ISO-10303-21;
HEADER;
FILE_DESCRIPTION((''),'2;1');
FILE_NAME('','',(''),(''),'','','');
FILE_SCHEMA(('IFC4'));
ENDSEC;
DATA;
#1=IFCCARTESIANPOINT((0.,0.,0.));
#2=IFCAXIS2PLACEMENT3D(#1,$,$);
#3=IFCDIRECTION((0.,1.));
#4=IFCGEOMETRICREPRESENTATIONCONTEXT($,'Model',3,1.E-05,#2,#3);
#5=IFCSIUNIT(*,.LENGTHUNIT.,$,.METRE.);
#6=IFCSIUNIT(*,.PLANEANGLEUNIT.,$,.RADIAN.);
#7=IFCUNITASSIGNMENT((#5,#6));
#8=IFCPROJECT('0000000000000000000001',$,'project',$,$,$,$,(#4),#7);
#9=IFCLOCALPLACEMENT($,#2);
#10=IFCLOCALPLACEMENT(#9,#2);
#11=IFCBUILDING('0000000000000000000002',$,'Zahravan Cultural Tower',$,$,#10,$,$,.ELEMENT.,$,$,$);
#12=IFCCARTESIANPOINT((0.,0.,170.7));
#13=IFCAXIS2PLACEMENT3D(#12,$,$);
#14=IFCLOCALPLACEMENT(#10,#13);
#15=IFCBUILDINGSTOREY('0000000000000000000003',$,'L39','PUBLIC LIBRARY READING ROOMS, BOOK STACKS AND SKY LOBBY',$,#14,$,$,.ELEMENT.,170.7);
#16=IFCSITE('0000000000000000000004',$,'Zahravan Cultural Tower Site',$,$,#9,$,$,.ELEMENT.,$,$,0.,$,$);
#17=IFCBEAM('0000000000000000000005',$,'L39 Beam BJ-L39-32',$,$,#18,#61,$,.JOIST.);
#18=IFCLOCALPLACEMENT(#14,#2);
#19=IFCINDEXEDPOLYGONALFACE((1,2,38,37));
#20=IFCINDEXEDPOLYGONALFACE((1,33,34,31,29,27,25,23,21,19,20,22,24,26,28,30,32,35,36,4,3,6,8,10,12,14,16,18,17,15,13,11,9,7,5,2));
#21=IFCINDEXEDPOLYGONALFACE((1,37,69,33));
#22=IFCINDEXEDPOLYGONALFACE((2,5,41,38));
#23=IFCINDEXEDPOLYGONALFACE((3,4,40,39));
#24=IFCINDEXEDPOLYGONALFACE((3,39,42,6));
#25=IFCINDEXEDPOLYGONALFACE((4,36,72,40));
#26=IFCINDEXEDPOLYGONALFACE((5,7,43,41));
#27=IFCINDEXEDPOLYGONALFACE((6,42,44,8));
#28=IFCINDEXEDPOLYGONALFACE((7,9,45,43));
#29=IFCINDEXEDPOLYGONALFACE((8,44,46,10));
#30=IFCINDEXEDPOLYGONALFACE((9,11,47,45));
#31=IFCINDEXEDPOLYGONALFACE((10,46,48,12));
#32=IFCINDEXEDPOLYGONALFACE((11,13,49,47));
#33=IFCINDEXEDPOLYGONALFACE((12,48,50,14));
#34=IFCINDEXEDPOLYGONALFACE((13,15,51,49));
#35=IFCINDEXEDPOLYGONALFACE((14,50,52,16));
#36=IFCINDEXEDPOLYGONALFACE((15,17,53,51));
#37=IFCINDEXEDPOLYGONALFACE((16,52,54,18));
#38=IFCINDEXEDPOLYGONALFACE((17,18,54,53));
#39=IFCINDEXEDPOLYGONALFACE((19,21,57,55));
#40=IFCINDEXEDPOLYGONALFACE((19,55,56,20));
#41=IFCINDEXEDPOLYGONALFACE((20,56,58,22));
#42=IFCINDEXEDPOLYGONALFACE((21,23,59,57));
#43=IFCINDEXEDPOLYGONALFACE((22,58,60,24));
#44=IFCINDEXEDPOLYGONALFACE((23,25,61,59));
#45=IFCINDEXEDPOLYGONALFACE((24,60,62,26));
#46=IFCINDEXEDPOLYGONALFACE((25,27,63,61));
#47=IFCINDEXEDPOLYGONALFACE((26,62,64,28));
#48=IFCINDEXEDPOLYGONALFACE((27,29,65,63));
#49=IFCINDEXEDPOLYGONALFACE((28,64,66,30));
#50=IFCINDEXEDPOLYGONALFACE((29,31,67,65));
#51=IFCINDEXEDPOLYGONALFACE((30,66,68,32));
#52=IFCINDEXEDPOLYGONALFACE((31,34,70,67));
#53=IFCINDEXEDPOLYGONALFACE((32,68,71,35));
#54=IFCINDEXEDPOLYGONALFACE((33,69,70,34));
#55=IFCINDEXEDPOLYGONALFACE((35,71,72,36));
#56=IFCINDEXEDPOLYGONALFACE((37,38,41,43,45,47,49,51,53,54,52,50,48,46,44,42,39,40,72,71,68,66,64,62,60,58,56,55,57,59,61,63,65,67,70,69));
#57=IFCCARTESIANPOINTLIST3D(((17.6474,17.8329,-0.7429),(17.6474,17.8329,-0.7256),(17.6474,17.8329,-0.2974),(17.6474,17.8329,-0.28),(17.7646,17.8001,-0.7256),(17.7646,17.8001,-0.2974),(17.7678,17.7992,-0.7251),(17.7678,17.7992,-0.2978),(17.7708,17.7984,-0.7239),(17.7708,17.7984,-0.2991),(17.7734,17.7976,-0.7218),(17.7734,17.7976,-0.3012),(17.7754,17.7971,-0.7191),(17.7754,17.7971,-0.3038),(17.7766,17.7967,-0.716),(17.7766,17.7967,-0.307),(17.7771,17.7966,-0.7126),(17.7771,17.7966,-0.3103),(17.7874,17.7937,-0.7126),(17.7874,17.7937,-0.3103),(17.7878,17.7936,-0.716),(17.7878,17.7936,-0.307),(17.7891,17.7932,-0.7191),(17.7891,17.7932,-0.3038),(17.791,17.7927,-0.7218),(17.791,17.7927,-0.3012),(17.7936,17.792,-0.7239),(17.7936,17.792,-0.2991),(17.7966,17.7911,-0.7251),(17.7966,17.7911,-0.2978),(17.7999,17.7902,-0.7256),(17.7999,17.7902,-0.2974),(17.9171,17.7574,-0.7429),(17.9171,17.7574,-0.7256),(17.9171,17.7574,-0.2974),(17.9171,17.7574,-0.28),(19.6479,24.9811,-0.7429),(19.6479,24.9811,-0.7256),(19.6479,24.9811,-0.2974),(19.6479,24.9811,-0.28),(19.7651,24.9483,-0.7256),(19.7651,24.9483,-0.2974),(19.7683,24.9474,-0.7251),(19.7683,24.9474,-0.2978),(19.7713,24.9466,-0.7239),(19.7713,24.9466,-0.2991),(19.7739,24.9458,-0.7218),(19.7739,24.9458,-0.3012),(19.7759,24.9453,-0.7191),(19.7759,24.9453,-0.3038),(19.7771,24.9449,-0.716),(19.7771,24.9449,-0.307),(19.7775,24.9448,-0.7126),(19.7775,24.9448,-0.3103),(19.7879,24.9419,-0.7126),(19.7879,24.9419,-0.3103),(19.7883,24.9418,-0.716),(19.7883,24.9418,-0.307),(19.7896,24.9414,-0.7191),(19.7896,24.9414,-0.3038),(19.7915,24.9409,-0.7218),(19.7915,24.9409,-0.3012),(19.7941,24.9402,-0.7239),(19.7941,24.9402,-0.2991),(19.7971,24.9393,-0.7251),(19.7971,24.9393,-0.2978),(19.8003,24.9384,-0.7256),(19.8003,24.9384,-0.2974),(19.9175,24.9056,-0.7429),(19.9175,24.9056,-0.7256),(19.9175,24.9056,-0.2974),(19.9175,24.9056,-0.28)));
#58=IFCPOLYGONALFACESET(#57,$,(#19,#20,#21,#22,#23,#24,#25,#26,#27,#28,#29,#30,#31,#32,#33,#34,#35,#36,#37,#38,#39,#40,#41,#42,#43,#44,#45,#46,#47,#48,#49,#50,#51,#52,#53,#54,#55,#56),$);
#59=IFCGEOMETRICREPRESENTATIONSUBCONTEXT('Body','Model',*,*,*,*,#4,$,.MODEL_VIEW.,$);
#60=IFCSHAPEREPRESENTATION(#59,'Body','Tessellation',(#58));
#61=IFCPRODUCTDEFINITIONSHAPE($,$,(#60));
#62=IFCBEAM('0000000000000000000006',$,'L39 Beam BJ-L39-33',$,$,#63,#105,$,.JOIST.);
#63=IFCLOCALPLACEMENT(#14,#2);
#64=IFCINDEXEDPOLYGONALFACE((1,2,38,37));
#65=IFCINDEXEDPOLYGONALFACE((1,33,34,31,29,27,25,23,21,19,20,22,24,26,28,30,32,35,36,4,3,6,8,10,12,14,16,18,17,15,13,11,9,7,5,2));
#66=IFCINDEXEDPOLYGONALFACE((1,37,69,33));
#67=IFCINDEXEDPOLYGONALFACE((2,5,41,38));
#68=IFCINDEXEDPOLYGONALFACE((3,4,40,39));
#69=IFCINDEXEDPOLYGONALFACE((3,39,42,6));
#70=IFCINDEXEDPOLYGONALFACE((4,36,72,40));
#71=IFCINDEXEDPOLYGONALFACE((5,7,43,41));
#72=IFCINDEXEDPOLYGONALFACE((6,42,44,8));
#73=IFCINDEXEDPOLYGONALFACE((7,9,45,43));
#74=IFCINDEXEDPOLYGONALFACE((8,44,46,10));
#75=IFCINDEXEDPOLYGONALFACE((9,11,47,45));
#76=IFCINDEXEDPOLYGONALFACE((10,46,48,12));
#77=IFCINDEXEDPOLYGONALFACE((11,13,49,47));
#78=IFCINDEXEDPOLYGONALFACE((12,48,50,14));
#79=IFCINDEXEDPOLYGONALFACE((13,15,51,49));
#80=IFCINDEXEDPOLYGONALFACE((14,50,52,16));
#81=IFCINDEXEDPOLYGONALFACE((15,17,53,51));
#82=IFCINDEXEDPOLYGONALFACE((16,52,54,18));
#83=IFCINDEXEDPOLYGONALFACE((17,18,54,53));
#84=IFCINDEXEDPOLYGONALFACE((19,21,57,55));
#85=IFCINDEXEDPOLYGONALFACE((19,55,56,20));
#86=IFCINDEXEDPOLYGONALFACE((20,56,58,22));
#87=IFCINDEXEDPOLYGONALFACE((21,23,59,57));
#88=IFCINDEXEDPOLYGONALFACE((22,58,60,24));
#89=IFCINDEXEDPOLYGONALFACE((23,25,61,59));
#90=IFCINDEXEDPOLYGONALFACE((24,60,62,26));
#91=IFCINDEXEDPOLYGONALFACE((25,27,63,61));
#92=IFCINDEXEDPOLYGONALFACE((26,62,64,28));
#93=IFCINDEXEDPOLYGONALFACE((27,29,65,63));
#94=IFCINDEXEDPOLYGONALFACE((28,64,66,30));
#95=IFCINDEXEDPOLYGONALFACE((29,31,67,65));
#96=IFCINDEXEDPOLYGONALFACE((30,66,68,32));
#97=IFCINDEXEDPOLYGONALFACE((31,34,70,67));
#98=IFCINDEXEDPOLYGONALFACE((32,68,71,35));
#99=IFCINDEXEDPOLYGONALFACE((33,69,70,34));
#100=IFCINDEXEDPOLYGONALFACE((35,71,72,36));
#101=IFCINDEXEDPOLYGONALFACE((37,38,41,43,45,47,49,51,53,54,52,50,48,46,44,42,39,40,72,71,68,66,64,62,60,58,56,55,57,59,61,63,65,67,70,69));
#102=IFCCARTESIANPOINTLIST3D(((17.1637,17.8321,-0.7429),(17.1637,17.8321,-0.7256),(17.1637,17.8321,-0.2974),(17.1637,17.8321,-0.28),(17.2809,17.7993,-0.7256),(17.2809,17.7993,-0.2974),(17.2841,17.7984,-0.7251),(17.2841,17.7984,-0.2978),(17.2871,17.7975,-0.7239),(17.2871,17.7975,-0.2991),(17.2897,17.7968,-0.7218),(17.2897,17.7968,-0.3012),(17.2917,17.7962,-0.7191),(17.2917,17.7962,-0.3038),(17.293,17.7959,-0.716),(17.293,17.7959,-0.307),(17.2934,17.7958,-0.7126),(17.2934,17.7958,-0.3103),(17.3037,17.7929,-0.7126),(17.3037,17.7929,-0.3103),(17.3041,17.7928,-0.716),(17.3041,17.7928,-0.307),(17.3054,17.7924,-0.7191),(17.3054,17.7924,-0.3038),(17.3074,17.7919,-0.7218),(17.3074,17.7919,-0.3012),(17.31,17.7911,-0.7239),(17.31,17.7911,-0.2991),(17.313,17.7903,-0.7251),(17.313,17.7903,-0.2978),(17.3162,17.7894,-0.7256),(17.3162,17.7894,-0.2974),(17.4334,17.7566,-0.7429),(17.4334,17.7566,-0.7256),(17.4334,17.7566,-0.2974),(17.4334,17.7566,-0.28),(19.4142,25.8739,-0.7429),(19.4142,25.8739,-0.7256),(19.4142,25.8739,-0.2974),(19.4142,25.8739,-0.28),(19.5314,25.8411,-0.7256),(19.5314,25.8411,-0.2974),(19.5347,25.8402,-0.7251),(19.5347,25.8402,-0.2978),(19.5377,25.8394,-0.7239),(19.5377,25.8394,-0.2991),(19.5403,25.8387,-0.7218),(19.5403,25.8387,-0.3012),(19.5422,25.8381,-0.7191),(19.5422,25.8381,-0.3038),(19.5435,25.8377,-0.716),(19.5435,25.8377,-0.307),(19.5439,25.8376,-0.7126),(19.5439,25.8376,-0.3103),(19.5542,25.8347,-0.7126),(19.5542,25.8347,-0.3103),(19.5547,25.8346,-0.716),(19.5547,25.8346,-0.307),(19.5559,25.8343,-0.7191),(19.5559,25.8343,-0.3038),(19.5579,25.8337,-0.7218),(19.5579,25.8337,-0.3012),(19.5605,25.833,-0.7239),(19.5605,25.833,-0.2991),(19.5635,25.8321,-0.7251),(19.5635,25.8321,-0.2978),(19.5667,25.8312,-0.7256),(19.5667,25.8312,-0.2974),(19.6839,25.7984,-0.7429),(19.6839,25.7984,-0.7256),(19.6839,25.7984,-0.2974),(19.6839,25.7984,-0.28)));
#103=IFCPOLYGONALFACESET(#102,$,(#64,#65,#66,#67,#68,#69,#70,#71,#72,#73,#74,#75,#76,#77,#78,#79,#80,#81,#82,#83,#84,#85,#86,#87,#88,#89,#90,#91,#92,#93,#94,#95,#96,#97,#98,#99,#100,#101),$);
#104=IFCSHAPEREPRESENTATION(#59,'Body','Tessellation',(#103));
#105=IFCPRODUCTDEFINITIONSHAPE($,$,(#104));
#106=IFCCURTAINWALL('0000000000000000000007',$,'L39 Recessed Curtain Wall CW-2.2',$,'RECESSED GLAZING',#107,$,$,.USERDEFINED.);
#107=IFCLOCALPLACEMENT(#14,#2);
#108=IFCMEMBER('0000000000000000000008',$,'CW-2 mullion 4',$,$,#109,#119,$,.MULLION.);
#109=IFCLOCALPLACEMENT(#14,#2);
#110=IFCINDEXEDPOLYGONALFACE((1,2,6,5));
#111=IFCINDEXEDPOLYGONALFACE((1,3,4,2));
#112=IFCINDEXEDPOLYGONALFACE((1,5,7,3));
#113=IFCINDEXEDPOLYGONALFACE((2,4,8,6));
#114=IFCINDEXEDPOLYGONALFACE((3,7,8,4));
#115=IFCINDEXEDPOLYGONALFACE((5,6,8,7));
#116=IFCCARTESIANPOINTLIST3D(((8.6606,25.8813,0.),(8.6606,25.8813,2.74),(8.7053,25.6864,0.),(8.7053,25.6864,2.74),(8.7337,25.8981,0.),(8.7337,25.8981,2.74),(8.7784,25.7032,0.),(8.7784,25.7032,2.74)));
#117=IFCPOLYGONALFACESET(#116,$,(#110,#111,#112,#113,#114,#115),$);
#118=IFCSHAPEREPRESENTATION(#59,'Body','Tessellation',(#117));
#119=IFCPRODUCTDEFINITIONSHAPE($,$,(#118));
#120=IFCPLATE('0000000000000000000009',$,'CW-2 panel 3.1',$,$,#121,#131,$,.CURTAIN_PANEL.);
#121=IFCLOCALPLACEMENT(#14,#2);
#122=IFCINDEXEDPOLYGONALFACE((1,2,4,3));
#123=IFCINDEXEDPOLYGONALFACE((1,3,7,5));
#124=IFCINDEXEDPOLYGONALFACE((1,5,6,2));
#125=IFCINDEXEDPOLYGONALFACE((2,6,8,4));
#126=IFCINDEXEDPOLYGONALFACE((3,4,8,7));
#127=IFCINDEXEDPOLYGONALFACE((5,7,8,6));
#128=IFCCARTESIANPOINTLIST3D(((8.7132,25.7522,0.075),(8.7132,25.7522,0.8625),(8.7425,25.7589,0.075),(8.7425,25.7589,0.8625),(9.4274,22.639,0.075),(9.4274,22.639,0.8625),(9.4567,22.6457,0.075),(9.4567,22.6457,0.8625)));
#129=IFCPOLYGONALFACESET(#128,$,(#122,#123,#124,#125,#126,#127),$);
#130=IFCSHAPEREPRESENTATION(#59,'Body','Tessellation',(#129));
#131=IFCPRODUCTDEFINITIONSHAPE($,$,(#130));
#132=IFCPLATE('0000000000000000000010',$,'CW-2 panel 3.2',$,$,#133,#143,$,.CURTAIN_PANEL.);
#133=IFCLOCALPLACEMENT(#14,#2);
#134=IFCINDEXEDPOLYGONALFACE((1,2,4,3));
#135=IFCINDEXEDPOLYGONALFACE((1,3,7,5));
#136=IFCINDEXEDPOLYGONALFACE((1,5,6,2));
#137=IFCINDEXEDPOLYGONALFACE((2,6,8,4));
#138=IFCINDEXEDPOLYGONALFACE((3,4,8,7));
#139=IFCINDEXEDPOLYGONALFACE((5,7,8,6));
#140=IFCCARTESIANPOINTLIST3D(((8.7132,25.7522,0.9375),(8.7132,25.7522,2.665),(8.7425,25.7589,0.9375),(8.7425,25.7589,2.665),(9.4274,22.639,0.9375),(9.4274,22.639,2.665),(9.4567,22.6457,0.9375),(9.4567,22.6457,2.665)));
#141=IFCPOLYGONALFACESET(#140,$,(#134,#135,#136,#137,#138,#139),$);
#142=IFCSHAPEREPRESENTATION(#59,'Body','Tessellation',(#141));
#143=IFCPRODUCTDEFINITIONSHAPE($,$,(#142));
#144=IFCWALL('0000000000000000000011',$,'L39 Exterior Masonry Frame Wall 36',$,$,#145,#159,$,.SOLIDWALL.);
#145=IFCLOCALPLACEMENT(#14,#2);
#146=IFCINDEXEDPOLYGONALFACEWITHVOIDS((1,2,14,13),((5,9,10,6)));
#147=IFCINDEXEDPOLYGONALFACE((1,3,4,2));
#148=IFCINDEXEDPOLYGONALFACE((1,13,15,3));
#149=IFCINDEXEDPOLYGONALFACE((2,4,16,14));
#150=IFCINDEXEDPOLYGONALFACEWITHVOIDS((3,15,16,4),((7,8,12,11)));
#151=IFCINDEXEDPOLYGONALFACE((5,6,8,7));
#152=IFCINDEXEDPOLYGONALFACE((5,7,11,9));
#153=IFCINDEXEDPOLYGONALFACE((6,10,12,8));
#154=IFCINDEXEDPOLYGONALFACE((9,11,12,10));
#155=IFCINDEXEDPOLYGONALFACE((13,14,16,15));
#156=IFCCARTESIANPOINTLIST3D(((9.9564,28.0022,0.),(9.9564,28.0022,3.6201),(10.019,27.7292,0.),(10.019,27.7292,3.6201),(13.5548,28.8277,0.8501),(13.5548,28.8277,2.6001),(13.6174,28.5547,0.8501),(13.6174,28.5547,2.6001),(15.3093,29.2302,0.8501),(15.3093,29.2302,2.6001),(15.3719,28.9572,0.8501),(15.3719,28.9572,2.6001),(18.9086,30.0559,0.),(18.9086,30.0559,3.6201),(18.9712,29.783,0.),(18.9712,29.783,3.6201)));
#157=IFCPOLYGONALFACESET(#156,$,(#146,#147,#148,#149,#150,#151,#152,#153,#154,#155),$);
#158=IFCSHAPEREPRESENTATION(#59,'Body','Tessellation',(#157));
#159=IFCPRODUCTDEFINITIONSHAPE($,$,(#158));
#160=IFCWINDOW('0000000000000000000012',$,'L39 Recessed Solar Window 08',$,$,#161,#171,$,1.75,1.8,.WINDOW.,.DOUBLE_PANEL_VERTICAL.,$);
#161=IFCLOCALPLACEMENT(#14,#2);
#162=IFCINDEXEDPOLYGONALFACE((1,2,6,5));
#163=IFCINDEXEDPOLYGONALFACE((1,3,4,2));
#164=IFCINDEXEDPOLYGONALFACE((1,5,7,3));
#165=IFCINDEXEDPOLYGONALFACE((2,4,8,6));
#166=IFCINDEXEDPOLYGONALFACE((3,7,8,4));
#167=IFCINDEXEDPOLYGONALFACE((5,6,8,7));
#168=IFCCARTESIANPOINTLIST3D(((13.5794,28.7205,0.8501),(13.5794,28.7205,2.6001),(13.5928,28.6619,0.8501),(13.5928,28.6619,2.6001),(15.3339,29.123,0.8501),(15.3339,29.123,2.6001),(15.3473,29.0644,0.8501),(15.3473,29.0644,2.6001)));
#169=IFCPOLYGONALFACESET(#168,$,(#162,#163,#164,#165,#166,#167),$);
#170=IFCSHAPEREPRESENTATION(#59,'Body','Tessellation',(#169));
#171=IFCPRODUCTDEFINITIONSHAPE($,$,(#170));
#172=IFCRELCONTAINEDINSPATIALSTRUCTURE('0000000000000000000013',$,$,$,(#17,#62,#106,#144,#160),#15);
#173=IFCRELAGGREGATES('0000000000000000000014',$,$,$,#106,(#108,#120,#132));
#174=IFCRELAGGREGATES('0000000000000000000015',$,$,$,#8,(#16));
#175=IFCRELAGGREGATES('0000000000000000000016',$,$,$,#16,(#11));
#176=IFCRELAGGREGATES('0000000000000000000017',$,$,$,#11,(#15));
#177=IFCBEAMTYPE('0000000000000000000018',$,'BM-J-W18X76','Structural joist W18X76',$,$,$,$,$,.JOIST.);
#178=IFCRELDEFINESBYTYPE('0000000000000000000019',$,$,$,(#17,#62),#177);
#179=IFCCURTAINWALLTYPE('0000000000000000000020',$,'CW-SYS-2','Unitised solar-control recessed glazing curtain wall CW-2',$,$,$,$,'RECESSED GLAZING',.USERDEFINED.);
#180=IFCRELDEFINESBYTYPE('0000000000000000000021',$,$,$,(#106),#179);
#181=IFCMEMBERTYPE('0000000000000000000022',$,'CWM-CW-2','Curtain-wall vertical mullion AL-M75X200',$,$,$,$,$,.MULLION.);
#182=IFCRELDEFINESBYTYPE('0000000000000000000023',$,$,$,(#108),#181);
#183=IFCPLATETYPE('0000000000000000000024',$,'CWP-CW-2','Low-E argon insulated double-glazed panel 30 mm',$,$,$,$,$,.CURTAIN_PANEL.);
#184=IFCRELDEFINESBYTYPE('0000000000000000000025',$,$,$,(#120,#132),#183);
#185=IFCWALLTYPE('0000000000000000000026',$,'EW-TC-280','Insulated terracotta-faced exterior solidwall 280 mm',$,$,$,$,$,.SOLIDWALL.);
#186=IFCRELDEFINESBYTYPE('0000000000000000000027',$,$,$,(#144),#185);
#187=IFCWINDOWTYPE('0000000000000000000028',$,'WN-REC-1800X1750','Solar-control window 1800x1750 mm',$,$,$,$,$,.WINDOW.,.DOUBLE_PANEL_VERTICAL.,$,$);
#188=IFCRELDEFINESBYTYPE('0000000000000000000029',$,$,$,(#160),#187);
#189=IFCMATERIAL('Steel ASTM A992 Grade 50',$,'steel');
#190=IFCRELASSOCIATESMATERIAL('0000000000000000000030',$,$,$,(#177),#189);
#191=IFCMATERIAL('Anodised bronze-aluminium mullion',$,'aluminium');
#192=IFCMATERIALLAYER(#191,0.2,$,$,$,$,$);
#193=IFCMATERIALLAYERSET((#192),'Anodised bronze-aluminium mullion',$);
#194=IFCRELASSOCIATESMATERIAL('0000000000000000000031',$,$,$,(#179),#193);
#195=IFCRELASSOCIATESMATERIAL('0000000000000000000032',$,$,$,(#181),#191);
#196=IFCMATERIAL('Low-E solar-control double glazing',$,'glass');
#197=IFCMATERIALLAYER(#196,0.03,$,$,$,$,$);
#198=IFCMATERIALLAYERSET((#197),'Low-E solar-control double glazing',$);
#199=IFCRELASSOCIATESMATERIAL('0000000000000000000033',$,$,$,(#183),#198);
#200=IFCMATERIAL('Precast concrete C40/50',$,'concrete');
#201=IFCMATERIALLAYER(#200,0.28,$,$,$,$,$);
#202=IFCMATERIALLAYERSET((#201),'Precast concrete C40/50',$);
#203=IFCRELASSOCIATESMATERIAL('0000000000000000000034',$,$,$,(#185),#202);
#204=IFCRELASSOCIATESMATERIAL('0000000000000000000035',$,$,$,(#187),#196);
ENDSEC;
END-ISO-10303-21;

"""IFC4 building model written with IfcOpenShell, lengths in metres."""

from ifc_helpers import new_model, si_unit, direction, frame, frame_2d, origin, origin_2d, place, context, subcontext, project, spatial, rectangle, i_section, extrude, source, transform, mapped, material, layer, layer_set, material_profile, profile_set, type_object, element, fill, aggregate, save


model = new_model("IFC4")

# Units and contexts
model_context = context("Model", 3, precision=1e-05, world=origin(), true_north=direction((0.0, 1.0)))
body_context = subcontext(model_context, "Body", "Model", "MODEL_VIEW")
ifc_project = project(units=[si_unit("LENGTHUNIT", "METRE"), si_unit("PLANEANGLEUNIT", "RADIAN")], contexts=[model_context])

# Site, building, storey
site_placement = place(None, origin())
site = spatial("IfcSite", under=ifc_project, at=site_placement, Name="Zahravan Cultural Tower Site", CompositionType="ELEMENT", RefElevation=0.0)
building_placement = place(site_placement, origin())
building = spatial("IfcBuilding", under=site, at=building_placement, Name="Zahravan Cultural Tower", CompositionType="ELEMENT")
storey_placement = place(building_placement, frame((0.0, 0.0, 170.7)))
storey = spatial("IfcBuildingStorey", under=building, at=storey_placement, Name="L39", Description="PUBLIC LIBRARY READING ROOMS, BOOK STACKS AND SKY LOBBY", CompositionType="ELEMENT", Elevation=170.7)

# Shared definitions
ifc_material_1 = material(Name="Steel ASTM A992 Grade 50", Category="steel")

# Beams
ifc_material_profile_1 = material_profile(ifc_material_1, i_section(OverallWidth=0.28, OverallDepth=0.4629, WebThickness=0.0107, FlangeThickness=0.0173, FilletRadius=0.0129, at=origin_2d()), Name="W18X76")
ifc_profile_set_1 = profile_set([ifc_material_profile_1], Name="Steel ASTM A992 Grade 50")
beam_type_1 = type_object("IfcBeamType", Name="BM-J-W18X76", Description="Structural joist W18X76", PredefinedType="JOIST", material=ifc_profile_set_1)
shared_shape_1 = source(origin(), body_context, "Body", "SweptSolid", [
    extrude(i_section(OverallWidth=0.28, OverallDepth=0.4629, WebThickness=0.0107, FlangeThickness=0.0173, FilletRadius=0.0129, at=origin_2d()), origin(), (0.0, 0.0, 1.0), 7.4229),
])
beam_1_placement = place(storey_placement, frame((19.7827, 24.9434, -0.5115), z_axis=(-0.269504, -0.962999, 0.0), x_axis=(0.962999, -0.269504, 0.0)))
element("IfcBeam", 1, at=beam_1_placement, inside=storey, type_object=beam_type_1, Name="L39 Beam BJ-L39-32", PredefinedType="JOIST", context=body_context, shape_type="MappedRepresentation", body=[
    mapped(shared_shape_1, transform((0.0, 0.0, 0.0), x_axis=(1.0, 0.0, 0.0), y_axis=(0.0, 1.0, 0.0), z_axis=(0.0, 0.0, 1.0), scale=1.0)),
])
shared_shape_2 = source(origin(), body_context, "Body", "SweptSolid", [
    extrude(i_section(OverallWidth=0.28, OverallDepth=0.4629, WebThickness=0.0107, FlangeThickness=0.0173, FilletRadius=0.0129, at=origin_2d()), origin(), (0.0, 0.0, 1.0), 8.3508),
])
beam_2_placement = place(storey_placement, frame((19.5491, 25.8362, -0.5115), z_axis=(-0.269497, -0.963001, 0.0), x_axis=(0.963001, -0.269497, 0.0)))
element("IfcBeam", 2, at=beam_2_placement, inside=storey, type_object=beam_type_1, Name="L39 Beam BJ-L39-33", PredefinedType="JOIST", context=body_context, shape_type="MappedRepresentation", body=[
    mapped(shared_shape_2, transform((0.0, 0.0, 0.0), x_axis=(1.0, 0.0, 0.0), y_axis=(0.0, 1.0, 0.0), z_axis=(0.0, 0.0, 1.0), scale=1.0)),
])

# Curtain wall, member, plates
ifc_material_2 = material(Name="Anodised bronze-aluminium mullion", Category="aluminium")
ifc_layer_1 = layer(ifc_material_2, 0.2)
ifc_layer_set_1 = layer_set([ifc_layer_1], Name="Anodised bronze-aluminium mullion")
curtain_wall_type = type_object("IfcCurtainWallType", Name="CW-SYS-2", Description="Unitised solar-control recessed glazing curtain wall CW-2", ElementType="RECESSED GLAZING", PredefinedType="USERDEFINED", material=ifc_layer_set_1)
curtain_wall_placement = place(storey_placement, origin())
curtain_wall = element("IfcCurtainWall", 3, at=curtain_wall_placement, inside=storey, type_object=curtain_wall_type, Name="L39 Recessed Curtain Wall CW-2.2", ObjectType="RECESSED GLAZING", PredefinedType="USERDEFINED")
ifc_material_profile_2 = material_profile(ifc_material_2, rectangle(XDim=0.075, YDim=0.2, at=origin_2d()), Name="AL-M75X200")
ifc_profile_set_2 = profile_set([ifc_material_profile_2], Name="Anodised bronze-aluminium mullion")
member_type = type_object("IfcMemberType", Name="CWM-CW-2", Description="Curtain-wall vertical mullion AL-M75X200", PredefinedType="MULLION", material=ifc_profile_set_2)
shared_shape_3 = source(origin(), body_context, "Body", "SweptSolid", [
    extrude(rectangle(XDim=0.075, YDim=0.2, at=origin_2d()), origin(), (0.0, 0.0, 1.0), 2.74),
])
member_placement = place(storey_placement, frame((8.7195, 25.7922, 0.0), z_axis=(0.0, 0.0, 1.0), x_axis=(-0.974681, -0.2236, 0.0)))
member = element("IfcMember", 4, at=member_placement, type_object=member_type, Name="CW-2 mullion 4", PredefinedType="MULLION", context=body_context, shape_type="MappedRepresentation", body=[
    mapped(shared_shape_3, transform((0.0, 0.0, 0.0), x_axis=(1.0, 0.0, 0.0), y_axis=(0.0, 1.0, 0.0), z_axis=(0.0, 0.0, 1.0), scale=1.0)),
])
ifc_material_3 = material(Name="Low-E solar-control double glazing", Category="glass")
ifc_layer_2 = layer(ifc_material_3, 0.03)
ifc_layer_set_2 = layer_set([ifc_layer_2], Name="Low-E solar-control double glazing")
plate_type = type_object("IfcPlateType", Name="CWP-CW-2", Description="Low-E argon insulated double-glazed panel 30 mm", PredefinedType="CURTAIN_PANEL", material=ifc_layer_set_2)
shared_shape_4 = source(origin(), body_context, "Body", "SweptSolid", [
    extrude(rectangle(XDim=3.1941, YDim=0.03, at=origin_2d()), origin(), (0.0, 0.0, 1.0), 0.7876),
])
plate_1_placement = place(storey_placement, frame((9.085, 24.199, 0.075), z_axis=(0.0, 0.0, 1.0), x_axis=(-0.2236, 0.974681, 0.0)))
plate_1 = element("IfcPlate", 5, at=plate_1_placement, type_object=plate_type, Name="CW-2 panel 3.1", PredefinedType="CURTAIN_PANEL", context=body_context, shape_type="MappedRepresentation", body=[
    mapped(shared_shape_4, transform((0.0, 0.0, 0.0), x_axis=(1.0, 0.0, 0.0), y_axis=(0.0, 1.0, 0.0), z_axis=(0.0, 0.0, 1.0), scale=1.0)),
])
shared_shape_5 = source(origin(), body_context, "Body", "SweptSolid", [
    extrude(rectangle(XDim=3.1941, YDim=0.03, at=origin_2d()), origin(), (0.0, 0.0, 1.0), 1.7275),
])
plate_2_placement = place(storey_placement, frame((9.085, 24.199, 0.9375), z_axis=(0.0, 0.0, 1.0), x_axis=(-0.2236, 0.974681, 0.0)))
plate_2 = element("IfcPlate", 6, at=plate_2_placement, type_object=plate_type, Name="CW-2 panel 3.2", PredefinedType="CURTAIN_PANEL", context=body_context, shape_type="MappedRepresentation", body=[
    mapped(shared_shape_5, transform((0.0, 0.0, 0.0), x_axis=(1.0, 0.0, 0.0), y_axis=(0.0, 1.0, 0.0), z_axis=(0.0, 0.0, 1.0), scale=1.0)),
])
aggregate(curtain_wall, [member, plate_1, plate_2])

# Wall, opening, window
ifc_material_4 = material(Name="Precast concrete C40/50", Category="concrete")
ifc_layer_3 = layer(ifc_material_4, 0.28)
ifc_layer_set_3 = layer_set([ifc_layer_3], Name="Precast concrete C40/50")
wall_type_1 = type_object("IfcWallType", Name="EW-TC-280", Description="Insulated terracotta-faced exterior solidwall 280 mm", PredefinedType="SOLIDWALL", material=ifc_layer_set_3)
wall_1_placement = place(storey_placement, frame((9.9878, 27.8657, 0.0), z_axis=(0.0, 0.0, 1.0), x_axis=(0.974681, 0.223601, 0.0)))
wall_1 = element("IfcWall", 7, at=wall_1_placement, inside=storey, type_object=wall_type_1, Name="L39 Exterior Masonry Frame Wall 36", PredefinedType="SOLIDWALL", context=body_context, shape_type="SweptSolid", body=[
    extrude(rectangle(XDim=9.1848, YDim=0.28, at=frame_2d((4.5923, 0.0))), origin(), (0.0, 0.0, 1.0), 3.6201),
])
opening_1_placement = place(wall_1_placement, frame((3.6919, 0.0, 0.8501)))
opening_1 = element("IfcOpeningElement", 8, at=opening_1_placement, cuts=wall_1, PredefinedType="OPENING", context=body_context, shape_type="SweptSolid", body=[
    extrude(rectangle(XDim=1.8, YDim=1.75, at=frame_2d((0.8999, 0.875))), frame((0.0, 0.1499, 0.0), z_axis=(0.0, -1.0, 0.0), x_axis=(1.0, 0.0, 0.0)), (0.0, 0.0, 1.0), 0.3),
])
window_type = type_object("IfcWindowType", Name="WN-REC-1800X1750", Description="Solar-control window 1800x1750 mm", PartitioningType="DOUBLE_PANEL_VERTICAL", PredefinedType="WINDOW", material=ifc_material_3)
shared_shape_6 = source(origin(), body_context, "Body", "SweptSolid", [
    extrude(rectangle(XDim=1.8, YDim=1.75, at=frame_2d((0.8999, 0.875))), frame((0.0, 0.03, 0.0), z_axis=(0.0, -1.0, 0.0), x_axis=(1.0, 0.0, 0.0)), (0.0, 0.0, 1.0), 0.0601),
])
window_placement = place(opening_1_placement, origin())
window = element("IfcWindow", 9, at=window_placement, inside=storey, type_object=window_type, Name="L39 Recessed Solar Window 08", OverallHeight=1.75, OverallWidth=1.8, PartitioningType="DOUBLE_PANEL_VERTICAL", PredefinedType="WINDOW", context=body_context, shape_type="MappedRepresentation", body=[
    mapped(shared_shape_6, transform((0.0, 0.0, 0.0), x_axis=(1.0, 0.0, 0.0), y_axis=(0.0, 1.0, 0.0), z_axis=(0.0, 0.0, 1.0), scale=1.0)),
])
fill(opening_1, window)

save(model, "model.ifc")
